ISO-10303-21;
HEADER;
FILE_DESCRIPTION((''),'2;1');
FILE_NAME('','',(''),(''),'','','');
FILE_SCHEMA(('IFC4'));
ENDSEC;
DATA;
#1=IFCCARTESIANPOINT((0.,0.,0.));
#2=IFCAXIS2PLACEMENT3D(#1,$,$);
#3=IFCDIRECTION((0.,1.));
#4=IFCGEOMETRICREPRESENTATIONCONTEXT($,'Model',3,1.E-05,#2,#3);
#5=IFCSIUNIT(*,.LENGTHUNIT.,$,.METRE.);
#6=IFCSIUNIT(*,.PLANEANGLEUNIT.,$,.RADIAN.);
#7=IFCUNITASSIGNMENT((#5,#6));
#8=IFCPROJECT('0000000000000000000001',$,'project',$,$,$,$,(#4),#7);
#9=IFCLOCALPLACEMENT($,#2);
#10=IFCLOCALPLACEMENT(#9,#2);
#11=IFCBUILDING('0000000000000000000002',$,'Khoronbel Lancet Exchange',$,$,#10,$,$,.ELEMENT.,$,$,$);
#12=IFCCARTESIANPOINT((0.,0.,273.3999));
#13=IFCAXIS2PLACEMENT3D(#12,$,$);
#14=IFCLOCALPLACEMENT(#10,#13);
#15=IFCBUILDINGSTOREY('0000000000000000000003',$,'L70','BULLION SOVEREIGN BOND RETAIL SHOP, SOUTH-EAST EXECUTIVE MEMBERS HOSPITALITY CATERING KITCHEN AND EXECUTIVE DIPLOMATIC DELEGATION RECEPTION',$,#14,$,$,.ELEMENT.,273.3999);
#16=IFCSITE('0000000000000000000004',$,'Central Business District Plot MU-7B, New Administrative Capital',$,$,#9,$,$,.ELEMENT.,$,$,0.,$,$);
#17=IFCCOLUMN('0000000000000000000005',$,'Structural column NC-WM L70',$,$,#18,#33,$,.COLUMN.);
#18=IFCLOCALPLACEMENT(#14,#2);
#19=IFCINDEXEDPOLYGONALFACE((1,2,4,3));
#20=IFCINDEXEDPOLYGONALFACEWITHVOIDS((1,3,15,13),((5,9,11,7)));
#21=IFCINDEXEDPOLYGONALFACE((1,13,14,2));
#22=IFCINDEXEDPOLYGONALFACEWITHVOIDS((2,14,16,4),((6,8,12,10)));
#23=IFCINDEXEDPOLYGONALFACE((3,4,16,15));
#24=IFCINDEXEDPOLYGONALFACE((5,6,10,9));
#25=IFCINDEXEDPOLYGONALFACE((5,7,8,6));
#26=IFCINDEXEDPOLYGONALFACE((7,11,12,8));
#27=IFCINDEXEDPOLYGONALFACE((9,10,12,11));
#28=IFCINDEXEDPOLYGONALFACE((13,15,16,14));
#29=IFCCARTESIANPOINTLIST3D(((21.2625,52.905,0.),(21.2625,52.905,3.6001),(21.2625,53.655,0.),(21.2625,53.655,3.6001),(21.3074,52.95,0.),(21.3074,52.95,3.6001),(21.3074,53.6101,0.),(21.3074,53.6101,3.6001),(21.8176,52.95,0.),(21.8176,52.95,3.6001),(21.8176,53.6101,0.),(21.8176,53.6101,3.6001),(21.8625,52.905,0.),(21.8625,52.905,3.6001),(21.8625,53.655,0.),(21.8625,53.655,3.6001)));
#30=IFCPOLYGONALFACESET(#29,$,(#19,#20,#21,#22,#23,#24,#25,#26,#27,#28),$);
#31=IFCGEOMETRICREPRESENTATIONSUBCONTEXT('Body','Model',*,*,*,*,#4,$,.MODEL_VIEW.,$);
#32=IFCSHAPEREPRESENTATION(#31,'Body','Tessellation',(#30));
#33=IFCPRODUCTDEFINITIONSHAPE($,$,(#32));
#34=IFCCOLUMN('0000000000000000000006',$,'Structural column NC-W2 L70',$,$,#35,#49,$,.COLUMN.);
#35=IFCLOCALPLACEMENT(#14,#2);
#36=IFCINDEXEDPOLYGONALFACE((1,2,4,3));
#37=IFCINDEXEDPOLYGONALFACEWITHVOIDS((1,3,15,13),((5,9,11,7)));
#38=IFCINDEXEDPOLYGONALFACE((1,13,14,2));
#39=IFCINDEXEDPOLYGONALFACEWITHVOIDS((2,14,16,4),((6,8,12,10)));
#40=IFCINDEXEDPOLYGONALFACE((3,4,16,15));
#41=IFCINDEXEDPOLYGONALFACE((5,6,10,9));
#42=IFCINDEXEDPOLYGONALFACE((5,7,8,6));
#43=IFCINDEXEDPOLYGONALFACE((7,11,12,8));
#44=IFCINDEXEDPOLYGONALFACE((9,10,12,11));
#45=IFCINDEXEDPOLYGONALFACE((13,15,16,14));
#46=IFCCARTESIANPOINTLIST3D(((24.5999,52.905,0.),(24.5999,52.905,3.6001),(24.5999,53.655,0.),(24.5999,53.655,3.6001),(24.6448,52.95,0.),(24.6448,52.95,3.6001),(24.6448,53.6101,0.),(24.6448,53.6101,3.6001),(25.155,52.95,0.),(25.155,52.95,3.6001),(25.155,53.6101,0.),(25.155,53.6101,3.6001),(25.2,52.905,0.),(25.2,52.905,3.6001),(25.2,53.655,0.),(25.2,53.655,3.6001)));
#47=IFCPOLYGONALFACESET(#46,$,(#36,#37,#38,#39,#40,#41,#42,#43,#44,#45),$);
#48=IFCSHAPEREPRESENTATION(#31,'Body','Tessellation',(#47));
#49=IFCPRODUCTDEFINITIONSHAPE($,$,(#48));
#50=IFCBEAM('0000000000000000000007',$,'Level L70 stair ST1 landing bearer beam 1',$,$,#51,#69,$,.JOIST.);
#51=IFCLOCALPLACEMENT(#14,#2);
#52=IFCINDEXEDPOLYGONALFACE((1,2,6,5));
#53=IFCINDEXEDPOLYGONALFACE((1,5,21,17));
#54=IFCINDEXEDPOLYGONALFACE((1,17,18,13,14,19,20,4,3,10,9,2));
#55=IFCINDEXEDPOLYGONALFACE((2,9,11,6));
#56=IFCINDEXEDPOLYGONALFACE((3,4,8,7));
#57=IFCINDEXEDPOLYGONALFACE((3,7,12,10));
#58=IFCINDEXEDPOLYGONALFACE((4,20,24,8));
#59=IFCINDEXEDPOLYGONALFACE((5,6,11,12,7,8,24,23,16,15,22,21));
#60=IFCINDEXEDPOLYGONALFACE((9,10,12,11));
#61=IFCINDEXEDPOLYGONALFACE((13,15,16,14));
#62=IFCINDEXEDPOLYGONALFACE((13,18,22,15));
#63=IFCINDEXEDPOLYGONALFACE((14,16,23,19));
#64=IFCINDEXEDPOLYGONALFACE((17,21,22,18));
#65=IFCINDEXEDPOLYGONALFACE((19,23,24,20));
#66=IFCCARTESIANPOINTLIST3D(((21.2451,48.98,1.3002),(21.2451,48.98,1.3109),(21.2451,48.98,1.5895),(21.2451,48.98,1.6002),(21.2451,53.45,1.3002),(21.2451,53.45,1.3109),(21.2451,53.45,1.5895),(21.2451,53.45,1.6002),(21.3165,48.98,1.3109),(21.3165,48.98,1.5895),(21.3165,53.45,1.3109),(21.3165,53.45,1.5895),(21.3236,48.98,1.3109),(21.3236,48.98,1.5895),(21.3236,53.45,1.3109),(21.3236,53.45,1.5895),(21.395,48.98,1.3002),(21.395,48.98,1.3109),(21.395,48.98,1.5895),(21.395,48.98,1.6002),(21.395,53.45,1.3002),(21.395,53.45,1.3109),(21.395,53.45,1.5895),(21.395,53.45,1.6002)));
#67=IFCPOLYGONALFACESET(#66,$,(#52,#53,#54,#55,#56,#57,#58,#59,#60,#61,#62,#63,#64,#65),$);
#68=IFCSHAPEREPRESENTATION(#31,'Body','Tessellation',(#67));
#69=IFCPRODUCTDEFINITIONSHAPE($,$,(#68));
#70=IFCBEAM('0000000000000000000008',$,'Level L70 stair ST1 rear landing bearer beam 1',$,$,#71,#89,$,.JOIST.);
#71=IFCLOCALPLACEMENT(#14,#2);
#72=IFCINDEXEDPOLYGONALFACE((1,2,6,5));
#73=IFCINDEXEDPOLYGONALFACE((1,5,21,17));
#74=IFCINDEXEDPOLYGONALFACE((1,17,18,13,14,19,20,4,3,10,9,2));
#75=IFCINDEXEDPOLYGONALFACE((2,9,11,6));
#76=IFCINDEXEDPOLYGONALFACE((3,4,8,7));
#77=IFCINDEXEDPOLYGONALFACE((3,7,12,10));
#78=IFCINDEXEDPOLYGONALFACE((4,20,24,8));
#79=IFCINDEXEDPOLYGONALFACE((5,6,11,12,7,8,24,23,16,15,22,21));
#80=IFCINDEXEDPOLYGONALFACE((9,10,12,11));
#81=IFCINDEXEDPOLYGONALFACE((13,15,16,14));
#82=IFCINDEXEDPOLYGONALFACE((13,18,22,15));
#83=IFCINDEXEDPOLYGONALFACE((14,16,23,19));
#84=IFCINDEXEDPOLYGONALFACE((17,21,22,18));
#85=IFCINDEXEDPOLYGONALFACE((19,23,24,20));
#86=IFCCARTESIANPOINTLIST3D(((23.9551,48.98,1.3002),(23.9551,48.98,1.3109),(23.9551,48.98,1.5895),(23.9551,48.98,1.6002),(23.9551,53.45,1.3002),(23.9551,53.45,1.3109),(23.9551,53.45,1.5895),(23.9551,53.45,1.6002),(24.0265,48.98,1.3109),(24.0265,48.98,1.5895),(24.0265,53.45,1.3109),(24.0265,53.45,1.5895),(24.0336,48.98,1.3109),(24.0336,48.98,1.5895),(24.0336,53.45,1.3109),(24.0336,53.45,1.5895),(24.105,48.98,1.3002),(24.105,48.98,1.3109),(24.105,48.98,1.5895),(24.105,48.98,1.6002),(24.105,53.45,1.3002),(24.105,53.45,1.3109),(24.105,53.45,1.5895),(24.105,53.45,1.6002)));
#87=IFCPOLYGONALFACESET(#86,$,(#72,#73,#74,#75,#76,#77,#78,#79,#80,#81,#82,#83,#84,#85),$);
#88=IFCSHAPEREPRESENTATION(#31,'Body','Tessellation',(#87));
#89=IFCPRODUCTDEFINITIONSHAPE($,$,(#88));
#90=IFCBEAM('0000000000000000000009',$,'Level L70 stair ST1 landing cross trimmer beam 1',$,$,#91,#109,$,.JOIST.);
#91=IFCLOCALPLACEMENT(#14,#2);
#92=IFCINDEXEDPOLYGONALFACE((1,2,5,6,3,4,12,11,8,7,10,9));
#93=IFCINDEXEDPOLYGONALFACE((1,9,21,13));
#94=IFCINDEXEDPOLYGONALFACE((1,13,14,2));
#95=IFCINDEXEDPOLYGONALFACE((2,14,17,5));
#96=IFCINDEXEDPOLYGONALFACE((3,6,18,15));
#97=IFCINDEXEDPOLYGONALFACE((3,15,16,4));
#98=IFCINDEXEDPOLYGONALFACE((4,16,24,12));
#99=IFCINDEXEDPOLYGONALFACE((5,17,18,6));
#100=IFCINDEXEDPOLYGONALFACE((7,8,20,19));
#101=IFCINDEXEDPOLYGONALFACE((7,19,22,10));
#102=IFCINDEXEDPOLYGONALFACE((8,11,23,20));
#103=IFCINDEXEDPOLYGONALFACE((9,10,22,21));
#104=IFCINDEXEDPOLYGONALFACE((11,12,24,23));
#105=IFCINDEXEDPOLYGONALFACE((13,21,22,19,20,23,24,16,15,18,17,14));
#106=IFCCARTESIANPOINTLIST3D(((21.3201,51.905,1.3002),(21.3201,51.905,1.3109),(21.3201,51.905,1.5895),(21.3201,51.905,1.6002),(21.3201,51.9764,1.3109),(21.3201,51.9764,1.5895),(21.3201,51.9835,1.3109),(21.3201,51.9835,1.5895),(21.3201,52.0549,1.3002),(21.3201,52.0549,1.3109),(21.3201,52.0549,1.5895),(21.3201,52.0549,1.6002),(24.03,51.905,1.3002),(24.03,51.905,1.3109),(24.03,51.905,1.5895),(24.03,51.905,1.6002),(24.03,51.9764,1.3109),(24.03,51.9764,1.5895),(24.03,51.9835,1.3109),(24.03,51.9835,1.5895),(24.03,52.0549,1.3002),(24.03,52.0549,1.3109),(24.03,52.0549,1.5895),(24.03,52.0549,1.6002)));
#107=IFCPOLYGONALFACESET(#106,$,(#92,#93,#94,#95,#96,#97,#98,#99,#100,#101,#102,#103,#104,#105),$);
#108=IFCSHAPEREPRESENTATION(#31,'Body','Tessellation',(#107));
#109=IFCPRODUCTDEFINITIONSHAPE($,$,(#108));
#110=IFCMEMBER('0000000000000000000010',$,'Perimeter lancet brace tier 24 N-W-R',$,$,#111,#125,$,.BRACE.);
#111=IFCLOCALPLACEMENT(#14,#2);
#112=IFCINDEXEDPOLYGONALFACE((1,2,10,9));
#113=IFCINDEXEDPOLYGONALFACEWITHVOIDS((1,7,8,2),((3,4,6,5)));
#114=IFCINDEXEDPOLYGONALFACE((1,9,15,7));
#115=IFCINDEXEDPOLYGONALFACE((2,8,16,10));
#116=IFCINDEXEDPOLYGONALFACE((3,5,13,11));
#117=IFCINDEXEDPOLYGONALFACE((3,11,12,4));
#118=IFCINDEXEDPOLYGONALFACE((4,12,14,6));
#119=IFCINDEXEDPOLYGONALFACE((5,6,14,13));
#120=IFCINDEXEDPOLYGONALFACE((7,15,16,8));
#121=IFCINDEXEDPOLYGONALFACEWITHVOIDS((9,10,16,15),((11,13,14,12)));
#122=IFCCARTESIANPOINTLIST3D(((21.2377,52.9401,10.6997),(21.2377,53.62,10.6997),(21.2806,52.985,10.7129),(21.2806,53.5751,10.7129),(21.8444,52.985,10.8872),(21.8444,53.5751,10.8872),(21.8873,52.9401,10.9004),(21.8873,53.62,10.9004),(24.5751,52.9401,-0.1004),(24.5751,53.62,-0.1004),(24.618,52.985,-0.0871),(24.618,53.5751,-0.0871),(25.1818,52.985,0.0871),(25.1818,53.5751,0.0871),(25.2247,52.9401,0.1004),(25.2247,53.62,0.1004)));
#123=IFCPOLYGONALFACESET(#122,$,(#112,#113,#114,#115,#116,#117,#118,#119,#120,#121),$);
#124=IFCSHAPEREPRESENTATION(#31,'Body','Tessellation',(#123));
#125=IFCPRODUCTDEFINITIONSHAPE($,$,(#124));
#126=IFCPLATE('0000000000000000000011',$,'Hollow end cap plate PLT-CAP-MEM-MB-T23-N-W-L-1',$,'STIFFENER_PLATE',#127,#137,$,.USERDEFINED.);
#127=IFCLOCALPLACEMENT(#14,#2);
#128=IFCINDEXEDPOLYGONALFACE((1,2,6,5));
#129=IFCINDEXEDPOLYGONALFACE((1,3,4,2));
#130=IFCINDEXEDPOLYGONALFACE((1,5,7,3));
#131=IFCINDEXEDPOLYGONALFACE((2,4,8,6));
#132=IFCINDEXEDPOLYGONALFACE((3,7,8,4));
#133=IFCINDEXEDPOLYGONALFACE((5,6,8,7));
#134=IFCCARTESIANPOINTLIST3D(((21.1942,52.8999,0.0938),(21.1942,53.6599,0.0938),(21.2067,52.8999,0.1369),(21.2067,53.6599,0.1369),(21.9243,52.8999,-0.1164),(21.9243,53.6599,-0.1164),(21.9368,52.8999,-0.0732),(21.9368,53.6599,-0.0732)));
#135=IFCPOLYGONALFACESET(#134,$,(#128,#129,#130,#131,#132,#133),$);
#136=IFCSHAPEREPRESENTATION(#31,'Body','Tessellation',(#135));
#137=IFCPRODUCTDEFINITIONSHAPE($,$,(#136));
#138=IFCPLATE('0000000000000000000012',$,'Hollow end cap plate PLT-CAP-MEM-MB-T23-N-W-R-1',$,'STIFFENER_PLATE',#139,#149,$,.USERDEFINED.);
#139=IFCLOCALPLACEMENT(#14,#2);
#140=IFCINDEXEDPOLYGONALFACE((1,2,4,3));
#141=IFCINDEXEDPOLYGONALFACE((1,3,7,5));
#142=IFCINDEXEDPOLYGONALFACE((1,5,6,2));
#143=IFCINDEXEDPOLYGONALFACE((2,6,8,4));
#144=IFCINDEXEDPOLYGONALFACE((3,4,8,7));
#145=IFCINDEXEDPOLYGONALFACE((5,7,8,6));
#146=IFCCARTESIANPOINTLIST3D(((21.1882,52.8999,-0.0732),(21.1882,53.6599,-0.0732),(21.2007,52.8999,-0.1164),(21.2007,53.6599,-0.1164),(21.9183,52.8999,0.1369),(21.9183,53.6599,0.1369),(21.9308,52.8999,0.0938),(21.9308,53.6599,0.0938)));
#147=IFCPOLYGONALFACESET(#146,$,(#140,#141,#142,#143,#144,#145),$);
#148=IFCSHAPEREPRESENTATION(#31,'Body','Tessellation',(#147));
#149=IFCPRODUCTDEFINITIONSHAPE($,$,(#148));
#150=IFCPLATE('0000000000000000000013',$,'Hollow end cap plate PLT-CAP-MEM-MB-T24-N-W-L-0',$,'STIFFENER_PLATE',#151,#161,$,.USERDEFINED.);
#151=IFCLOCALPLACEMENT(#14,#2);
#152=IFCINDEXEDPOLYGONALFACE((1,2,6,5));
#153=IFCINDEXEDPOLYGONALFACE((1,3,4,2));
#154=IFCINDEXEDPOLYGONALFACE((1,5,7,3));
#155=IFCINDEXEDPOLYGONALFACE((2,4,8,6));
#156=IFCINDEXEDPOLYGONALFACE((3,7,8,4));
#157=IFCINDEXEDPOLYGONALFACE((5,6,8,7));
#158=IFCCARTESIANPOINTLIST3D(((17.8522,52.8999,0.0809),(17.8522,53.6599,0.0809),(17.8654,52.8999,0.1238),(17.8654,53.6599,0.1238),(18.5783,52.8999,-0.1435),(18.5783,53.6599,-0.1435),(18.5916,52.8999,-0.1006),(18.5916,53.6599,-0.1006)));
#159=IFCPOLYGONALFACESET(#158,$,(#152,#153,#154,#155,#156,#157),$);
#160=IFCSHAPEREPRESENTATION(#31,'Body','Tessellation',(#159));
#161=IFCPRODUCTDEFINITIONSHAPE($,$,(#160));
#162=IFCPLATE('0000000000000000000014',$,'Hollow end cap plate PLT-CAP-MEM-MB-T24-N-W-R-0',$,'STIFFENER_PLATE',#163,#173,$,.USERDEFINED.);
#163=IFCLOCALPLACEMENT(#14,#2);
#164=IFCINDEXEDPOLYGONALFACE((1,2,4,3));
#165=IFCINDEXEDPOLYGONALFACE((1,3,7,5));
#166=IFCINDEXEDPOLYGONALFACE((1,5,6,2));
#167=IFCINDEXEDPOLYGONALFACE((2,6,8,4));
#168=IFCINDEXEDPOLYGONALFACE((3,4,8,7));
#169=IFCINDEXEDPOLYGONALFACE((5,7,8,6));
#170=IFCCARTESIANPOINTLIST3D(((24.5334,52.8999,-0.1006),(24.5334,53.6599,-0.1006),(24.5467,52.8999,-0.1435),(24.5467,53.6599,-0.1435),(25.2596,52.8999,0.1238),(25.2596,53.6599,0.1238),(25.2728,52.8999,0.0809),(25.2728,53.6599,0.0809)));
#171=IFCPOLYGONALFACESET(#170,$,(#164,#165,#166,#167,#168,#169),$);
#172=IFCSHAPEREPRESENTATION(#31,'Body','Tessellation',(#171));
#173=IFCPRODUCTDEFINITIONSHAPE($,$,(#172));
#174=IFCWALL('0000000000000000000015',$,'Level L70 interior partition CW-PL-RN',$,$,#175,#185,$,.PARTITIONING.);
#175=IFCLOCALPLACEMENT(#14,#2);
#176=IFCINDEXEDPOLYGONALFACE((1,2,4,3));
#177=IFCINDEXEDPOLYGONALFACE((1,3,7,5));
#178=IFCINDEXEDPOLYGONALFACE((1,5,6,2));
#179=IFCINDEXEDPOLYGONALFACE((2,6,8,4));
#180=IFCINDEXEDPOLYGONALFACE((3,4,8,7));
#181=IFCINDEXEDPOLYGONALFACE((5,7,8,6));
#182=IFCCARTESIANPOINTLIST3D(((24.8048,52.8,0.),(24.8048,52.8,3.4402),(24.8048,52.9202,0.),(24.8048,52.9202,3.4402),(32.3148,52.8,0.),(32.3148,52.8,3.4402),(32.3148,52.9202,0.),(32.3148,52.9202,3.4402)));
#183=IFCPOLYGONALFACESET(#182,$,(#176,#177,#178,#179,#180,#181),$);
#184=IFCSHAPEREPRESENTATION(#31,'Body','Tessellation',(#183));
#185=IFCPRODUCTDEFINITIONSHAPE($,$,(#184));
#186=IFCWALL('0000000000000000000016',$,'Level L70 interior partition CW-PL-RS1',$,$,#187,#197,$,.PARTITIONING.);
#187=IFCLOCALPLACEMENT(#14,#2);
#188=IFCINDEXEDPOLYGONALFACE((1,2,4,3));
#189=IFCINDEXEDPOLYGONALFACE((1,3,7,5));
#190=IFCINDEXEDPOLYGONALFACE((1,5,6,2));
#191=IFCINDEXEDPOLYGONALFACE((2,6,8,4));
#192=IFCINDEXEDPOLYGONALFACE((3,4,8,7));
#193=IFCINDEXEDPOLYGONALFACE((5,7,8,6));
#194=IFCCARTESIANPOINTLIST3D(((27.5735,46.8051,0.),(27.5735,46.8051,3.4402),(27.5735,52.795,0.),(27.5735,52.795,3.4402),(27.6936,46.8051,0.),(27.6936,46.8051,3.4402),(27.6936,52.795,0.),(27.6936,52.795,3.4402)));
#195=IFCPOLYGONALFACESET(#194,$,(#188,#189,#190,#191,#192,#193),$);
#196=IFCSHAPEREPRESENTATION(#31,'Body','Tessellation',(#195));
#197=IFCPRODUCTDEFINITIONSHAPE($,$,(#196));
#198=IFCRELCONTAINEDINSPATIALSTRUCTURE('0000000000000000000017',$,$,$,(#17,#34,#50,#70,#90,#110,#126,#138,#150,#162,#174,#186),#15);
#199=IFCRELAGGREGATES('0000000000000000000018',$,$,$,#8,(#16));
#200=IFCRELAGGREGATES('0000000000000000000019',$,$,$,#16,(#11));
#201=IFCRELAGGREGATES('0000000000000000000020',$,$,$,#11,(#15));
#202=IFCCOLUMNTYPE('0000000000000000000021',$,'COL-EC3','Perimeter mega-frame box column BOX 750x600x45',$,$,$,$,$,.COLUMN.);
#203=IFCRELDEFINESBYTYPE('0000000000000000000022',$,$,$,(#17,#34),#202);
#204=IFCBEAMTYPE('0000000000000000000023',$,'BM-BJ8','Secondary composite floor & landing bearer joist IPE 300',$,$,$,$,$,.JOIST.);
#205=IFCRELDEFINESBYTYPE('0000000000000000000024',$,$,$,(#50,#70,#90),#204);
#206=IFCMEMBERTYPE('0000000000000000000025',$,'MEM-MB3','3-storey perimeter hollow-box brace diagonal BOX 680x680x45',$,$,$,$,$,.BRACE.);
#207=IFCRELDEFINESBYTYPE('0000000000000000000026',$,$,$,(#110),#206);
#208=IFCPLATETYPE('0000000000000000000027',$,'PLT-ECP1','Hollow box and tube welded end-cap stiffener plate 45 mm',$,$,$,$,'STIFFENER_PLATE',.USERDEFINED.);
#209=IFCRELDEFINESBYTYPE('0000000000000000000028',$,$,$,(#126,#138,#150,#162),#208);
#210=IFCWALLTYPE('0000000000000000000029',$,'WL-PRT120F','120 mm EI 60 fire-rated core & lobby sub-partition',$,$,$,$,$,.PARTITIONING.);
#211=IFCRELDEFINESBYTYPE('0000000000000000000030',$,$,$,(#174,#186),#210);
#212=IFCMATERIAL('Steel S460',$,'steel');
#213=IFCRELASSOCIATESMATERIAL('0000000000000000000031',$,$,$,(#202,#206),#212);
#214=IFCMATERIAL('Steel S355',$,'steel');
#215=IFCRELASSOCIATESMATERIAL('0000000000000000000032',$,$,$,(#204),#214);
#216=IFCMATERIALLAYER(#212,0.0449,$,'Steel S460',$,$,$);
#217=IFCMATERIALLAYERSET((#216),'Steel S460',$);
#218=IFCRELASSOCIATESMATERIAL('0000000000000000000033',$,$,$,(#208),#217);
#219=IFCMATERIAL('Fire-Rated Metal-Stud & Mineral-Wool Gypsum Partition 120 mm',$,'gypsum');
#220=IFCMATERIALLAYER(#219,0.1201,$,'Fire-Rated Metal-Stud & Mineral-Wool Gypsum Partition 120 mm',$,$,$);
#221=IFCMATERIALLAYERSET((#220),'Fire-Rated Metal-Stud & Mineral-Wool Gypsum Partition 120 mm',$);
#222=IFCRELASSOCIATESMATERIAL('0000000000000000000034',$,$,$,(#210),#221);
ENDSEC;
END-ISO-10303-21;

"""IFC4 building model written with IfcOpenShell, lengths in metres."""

from ifc_helpers import new_model, si_unit, direction, frame, frame_2d, origin, origin_2d, place, context, subcontext, project, spatial, polyline, rectangle, hollow_rectangle, i_section, outline, extrude, material, layer, layer_set, material_profile, profile_set, type_object, element, save


model = new_model("IFC4")

# Units and contexts
model_context = context("Model", 3, precision=1e-05, world=origin(), true_north=direction((0.0, 1.0)))
body_context = subcontext(model_context, "Body", "Model", "MODEL_VIEW")
ifc_project = project(units=[si_unit("LENGTHUNIT", "METRE"), si_unit("PLANEANGLEUNIT", "RADIAN")], contexts=[model_context])

# Site, building, storey
site_placement = place(None, origin())
site = spatial("IfcSite", under=ifc_project, at=site_placement, Name="Central Business District Plot MU-7B, New Administrative Capital", CompositionType="ELEMENT", RefElevation=0.0)
building_placement = place(site_placement, origin())
building = spatial("IfcBuilding", under=site, at=building_placement, Name="Khoronbel Lancet Exchange", CompositionType="ELEMENT")
storey_placement = place(building_placement, frame((0.0, 0.0, 273.3999)))
storey = spatial("IfcBuildingStorey", under=building, at=storey_placement, Name="L70", Description="BULLION SOVEREIGN BOND RETAIL SHOP, SOUTH-EAST EXECUTIVE MEMBERS HOSPITALITY CATERING KITCHEN AND EXECUTIVE DIPLOMATIC DELEGATION RECEPTION", CompositionType="ELEMENT", Elevation=273.3999)

# Columns
ifc_material_1 = material(Name="Steel S460", Category="steel")
ifc_material_profile_1 = material_profile(ifc_material_1, hollow_rectangle(XDim=0.6001, YDim=0.75, WallThickness=0.0449, at=origin_2d()), Name="BOX 750x600x45")
ifc_profile_set_1 = profile_set([ifc_material_profile_1], Name="Steel S460")
column_type = type_object("IfcColumnType", Name="COL-EC3", Description="Perimeter mega-frame box column BOX 750x600x45", PredefinedType="COLUMN", material=ifc_profile_set_1)
for number, where, z_axis, x_axis, name in (
    (1, (21.5625, 53.28, 0.0), (0.0, 0.0, 1.0), (1.0, 0.0, 0.0), "Structural column NC-WM L70"),
    (2, (24.8999, 53.28, 0.0), (0.0, 0.0, 1.0), (1.0, 0.0, 0.0), "Structural column NC-W2 L70"),
):
    element("IfcColumn", number, at=place(storey_placement, frame(where, z_axis=z_axis, x_axis=x_axis)), inside=storey, type_object=column_type, Name=name, PredefinedType="COLUMN", context=body_context, shape_type="SweptSolid", body=[
        extrude(hollow_rectangle(XDim=0.6001, YDim=0.75, WallThickness=0.0449, at=origin_2d()), origin(), (0.0, 0.0, 1.0), 3.6001),
    ])

# Beams
ifc_material_2 = material(Name="Steel S355", Category="steel")
ifc_material_profile_2 = material_profile(ifc_material_2, i_section(OverallWidth=0.1499, OverallDepth=0.3, WebThickness=0.0071, FlangeThickness=0.0107, at=origin_2d()), Name="IPE 300")
ifc_profile_set_2 = profile_set([ifc_material_profile_2], Name="Steel S355")
beam_type = type_object("IfcBeamType", Name="BM-BJ8", Description="Secondary composite floor & landing bearer joist IPE 300", PredefinedType="JOIST", material=ifc_profile_set_2)
for number, where, z_axis, x_axis, name in (
    (3, (21.3201, 48.98, 1.4502), (0.0, 1.0, 0.0), (-1.0, 0.0, 0.0), "Level L70 stair ST1 landing bearer beam 1"),
    (4, (24.03, 48.98, 1.4502), (0.0, 1.0, 0.0), (-1.0, 0.0, 0.0), "Level L70 stair ST1 rear landing bearer beam 1"),
):
    element("IfcBeam", number, at=place(storey_placement, frame(where, z_axis=z_axis, x_axis=x_axis)), inside=storey, type_object=beam_type, Name=name, PredefinedType="JOIST", context=body_context, shape_type="SweptSolid", body=[
        extrude(i_section(OverallWidth=0.1499, OverallDepth=0.3, WebThickness=0.0071, FlangeThickness=0.0107, at=origin_2d()), origin(), (0.0, 0.0, 1.0), 4.47),
    ])
beam_placement = place(storey_placement, frame((21.3201, 51.98, 1.4502), z_axis=(1.0, 0.0, 0.0), x_axis=(0.0, 1.0, 0.0)))
element("IfcBeam", 5, at=beam_placement, inside=storey, type_object=beam_type, Name="Level L70 stair ST1 landing cross trimmer beam 1", PredefinedType="JOIST", context=body_context, shape_type="SweptSolid", body=[
    extrude(i_section(OverallWidth=0.1499, OverallDepth=0.3, WebThickness=0.0071, FlangeThickness=0.0107, at=origin_2d()), origin(), (0.0, 0.0, 1.0), 2.71),
])

# Member
ifc_material_profile_3 = material_profile(ifc_material_1, hollow_rectangle(XDim=0.6799, YDim=0.6799, WallThickness=0.0449, at=origin_2d()), Name="BOX 680x680x45")
ifc_profile_set_3 = profile_set([ifc_material_profile_3], Name="Steel S460")
member_type = type_object("IfcMemberType", Name="MEM-MB3", Description="3-storey perimeter hollow-box brace diagonal BOX 680x680x45", PredefinedType="BRACE", material=ifc_profile_set_3)
member_placement = place(storey_placement, frame((24.8999, 53.28, 0.0), z_axis=(-0.295242, 0.0, 0.955422), x_axis=(0.0, -1.0, 0.0)))
element("IfcMember", 6, at=member_placement, inside=storey, type_object=member_type, Name="Perimeter lancet brace tier 24 N-W-R", PredefinedType="BRACE", context=body_context, shape_type="SweptSolid", body=[
    extrude(hollow_rectangle(XDim=0.6799, YDim=0.6799, WallThickness=0.0449, at=origin_2d()), origin(), (0.0, 0.0, 1.0), 11.304),
])

# Plates
ifc_layer_1 = layer(ifc_material_1, 0.0449, Name="Steel S460")
ifc_layer_set_1 = layer_set([ifc_layer_1], Name="Steel S460")
plate_type = type_object("IfcPlateType", Name="PLT-ECP1", Description="Hollow box and tube welded end-cap stiffener plate 45 mm", ElementType="STIFFENER_PLATE", PredefinedType="USERDEFINED", material=ifc_layer_set_1)
for number, where, z_axis, x_axis, name in (
    (7, (21.9368, 52.8999, -0.0732), (0.27663, 0.0, 0.960976), (0.0, 1.0, 0.0), "Hollow end cap plate PLT-CAP-MEM-MB-T23-N-W-L-1"),
    (8, (21.1882, 53.6599, -0.0732), (-0.27663, 0.0, 0.960976), (0.0, -1.0, 0.0), "Hollow end cap plate PLT-CAP-MEM-MB-T23-N-W-R-1"),
):
    element("IfcPlate", number, at=place(storey_placement, frame(where, z_axis=z_axis, x_axis=x_axis)), inside=storey, type_object=plate_type, Name=name, ObjectType="STIFFENER_PLATE", PredefinedType="USERDEFINED", context=body_context, shape_type="SweptSolid", body=[
        extrude(outline(polyline([(0.0, 0.0), (0.76, 0.0), (0.76, 0.7598), (0.0, 0.7598), (0.0, 0.0)])), origin(), (0.0, 0.0, -1.0), 0.0449),
    ])
for number, where, z_axis, x_axis, name in (
    (9, (18.5916, 52.8999, -0.1006), (0.295237, 0.0, 0.955424), (0.0, 1.0, 0.0), "Hollow end cap plate PLT-CAP-MEM-MB-T24-N-W-L-0"),
    (10, (24.5334, 53.6599, -0.1006), (-0.295237, 0.0, 0.955424), (0.0, -1.0, 0.0), "Hollow end cap plate PLT-CAP-MEM-MB-T24-N-W-R-0"),
):
    element("IfcPlate", number, at=place(storey_placement, frame(where, z_axis=z_axis, x_axis=x_axis)), inside=storey, type_object=plate_type, Name=name, ObjectType="STIFFENER_PLATE", PredefinedType="USERDEFINED", context=body_context, shape_type="SweptSolid", body=[
        extrude(outline(polyline([(0.0, 0.0), (0.76, 0.0), (0.76, 0.76), (0.0, 0.76), (0.0, 0.0)])), origin(), (0.0, 0.0, -1.0), 0.0449),
    ])

# Walls
ifc_material_3 = material(Name="Fire-Rated Metal-Stud & Mineral-Wool Gypsum Partition 120 mm", Category="gypsum")
ifc_layer_2 = layer(ifc_material_3, 0.1201, Name="Fire-Rated Metal-Stud & Mineral-Wool Gypsum Partition 120 mm")
ifc_layer_set_2 = layer_set([ifc_layer_2], Name="Fire-Rated Metal-Stud & Mineral-Wool Gypsum Partition 120 mm")
wall_type_1 = type_object("IfcWallType", Name="WL-PRT120F", Description="120 mm EI 60 fire-rated core & lobby sub-partition", PredefinedType="PARTITIONING", material=ifc_layer_set_2)
wall_1_placement = place(storey_placement, frame((24.8049, 52.8601, 0.0), z_axis=(0.0, 0.0, 1.0), x_axis=(1.0, 0.0, 0.0)))
element("IfcWall", 11, at=wall_1_placement, inside=storey, type_object=wall_type_1, Name="Level L70 interior partition CW-PL-RN", PredefinedType="PARTITIONING", context=body_context, shape_type="SweptSolid", body=[
    extrude(rectangle(XDim=7.51, YDim=0.1201, at=frame_2d((3.7549, 0.0))), origin(), (0.0, 0.0, 1.0), 3.4402),
])
wall_2_placement = place(storey_placement, frame((27.6335, 46.8049, 0.0), z_axis=(0.0, 0.0, 1.0), x_axis=(0.0, 1.0, 0.0)))
element("IfcWall", 12, at=wall_2_placement, inside=storey, type_object=wall_type_1, Name="Level L70 interior partition CW-PL-RS1", PredefinedType="PARTITIONING", context=body_context, shape_type="SweptSolid", body=[
    extrude(rectangle(XDim=5.99, YDim=0.1201, at=frame_2d((2.9951, 0.0))), origin(), (0.0, 0.0, 1.0), 3.4402),
])

save(model, "model.ifc")
